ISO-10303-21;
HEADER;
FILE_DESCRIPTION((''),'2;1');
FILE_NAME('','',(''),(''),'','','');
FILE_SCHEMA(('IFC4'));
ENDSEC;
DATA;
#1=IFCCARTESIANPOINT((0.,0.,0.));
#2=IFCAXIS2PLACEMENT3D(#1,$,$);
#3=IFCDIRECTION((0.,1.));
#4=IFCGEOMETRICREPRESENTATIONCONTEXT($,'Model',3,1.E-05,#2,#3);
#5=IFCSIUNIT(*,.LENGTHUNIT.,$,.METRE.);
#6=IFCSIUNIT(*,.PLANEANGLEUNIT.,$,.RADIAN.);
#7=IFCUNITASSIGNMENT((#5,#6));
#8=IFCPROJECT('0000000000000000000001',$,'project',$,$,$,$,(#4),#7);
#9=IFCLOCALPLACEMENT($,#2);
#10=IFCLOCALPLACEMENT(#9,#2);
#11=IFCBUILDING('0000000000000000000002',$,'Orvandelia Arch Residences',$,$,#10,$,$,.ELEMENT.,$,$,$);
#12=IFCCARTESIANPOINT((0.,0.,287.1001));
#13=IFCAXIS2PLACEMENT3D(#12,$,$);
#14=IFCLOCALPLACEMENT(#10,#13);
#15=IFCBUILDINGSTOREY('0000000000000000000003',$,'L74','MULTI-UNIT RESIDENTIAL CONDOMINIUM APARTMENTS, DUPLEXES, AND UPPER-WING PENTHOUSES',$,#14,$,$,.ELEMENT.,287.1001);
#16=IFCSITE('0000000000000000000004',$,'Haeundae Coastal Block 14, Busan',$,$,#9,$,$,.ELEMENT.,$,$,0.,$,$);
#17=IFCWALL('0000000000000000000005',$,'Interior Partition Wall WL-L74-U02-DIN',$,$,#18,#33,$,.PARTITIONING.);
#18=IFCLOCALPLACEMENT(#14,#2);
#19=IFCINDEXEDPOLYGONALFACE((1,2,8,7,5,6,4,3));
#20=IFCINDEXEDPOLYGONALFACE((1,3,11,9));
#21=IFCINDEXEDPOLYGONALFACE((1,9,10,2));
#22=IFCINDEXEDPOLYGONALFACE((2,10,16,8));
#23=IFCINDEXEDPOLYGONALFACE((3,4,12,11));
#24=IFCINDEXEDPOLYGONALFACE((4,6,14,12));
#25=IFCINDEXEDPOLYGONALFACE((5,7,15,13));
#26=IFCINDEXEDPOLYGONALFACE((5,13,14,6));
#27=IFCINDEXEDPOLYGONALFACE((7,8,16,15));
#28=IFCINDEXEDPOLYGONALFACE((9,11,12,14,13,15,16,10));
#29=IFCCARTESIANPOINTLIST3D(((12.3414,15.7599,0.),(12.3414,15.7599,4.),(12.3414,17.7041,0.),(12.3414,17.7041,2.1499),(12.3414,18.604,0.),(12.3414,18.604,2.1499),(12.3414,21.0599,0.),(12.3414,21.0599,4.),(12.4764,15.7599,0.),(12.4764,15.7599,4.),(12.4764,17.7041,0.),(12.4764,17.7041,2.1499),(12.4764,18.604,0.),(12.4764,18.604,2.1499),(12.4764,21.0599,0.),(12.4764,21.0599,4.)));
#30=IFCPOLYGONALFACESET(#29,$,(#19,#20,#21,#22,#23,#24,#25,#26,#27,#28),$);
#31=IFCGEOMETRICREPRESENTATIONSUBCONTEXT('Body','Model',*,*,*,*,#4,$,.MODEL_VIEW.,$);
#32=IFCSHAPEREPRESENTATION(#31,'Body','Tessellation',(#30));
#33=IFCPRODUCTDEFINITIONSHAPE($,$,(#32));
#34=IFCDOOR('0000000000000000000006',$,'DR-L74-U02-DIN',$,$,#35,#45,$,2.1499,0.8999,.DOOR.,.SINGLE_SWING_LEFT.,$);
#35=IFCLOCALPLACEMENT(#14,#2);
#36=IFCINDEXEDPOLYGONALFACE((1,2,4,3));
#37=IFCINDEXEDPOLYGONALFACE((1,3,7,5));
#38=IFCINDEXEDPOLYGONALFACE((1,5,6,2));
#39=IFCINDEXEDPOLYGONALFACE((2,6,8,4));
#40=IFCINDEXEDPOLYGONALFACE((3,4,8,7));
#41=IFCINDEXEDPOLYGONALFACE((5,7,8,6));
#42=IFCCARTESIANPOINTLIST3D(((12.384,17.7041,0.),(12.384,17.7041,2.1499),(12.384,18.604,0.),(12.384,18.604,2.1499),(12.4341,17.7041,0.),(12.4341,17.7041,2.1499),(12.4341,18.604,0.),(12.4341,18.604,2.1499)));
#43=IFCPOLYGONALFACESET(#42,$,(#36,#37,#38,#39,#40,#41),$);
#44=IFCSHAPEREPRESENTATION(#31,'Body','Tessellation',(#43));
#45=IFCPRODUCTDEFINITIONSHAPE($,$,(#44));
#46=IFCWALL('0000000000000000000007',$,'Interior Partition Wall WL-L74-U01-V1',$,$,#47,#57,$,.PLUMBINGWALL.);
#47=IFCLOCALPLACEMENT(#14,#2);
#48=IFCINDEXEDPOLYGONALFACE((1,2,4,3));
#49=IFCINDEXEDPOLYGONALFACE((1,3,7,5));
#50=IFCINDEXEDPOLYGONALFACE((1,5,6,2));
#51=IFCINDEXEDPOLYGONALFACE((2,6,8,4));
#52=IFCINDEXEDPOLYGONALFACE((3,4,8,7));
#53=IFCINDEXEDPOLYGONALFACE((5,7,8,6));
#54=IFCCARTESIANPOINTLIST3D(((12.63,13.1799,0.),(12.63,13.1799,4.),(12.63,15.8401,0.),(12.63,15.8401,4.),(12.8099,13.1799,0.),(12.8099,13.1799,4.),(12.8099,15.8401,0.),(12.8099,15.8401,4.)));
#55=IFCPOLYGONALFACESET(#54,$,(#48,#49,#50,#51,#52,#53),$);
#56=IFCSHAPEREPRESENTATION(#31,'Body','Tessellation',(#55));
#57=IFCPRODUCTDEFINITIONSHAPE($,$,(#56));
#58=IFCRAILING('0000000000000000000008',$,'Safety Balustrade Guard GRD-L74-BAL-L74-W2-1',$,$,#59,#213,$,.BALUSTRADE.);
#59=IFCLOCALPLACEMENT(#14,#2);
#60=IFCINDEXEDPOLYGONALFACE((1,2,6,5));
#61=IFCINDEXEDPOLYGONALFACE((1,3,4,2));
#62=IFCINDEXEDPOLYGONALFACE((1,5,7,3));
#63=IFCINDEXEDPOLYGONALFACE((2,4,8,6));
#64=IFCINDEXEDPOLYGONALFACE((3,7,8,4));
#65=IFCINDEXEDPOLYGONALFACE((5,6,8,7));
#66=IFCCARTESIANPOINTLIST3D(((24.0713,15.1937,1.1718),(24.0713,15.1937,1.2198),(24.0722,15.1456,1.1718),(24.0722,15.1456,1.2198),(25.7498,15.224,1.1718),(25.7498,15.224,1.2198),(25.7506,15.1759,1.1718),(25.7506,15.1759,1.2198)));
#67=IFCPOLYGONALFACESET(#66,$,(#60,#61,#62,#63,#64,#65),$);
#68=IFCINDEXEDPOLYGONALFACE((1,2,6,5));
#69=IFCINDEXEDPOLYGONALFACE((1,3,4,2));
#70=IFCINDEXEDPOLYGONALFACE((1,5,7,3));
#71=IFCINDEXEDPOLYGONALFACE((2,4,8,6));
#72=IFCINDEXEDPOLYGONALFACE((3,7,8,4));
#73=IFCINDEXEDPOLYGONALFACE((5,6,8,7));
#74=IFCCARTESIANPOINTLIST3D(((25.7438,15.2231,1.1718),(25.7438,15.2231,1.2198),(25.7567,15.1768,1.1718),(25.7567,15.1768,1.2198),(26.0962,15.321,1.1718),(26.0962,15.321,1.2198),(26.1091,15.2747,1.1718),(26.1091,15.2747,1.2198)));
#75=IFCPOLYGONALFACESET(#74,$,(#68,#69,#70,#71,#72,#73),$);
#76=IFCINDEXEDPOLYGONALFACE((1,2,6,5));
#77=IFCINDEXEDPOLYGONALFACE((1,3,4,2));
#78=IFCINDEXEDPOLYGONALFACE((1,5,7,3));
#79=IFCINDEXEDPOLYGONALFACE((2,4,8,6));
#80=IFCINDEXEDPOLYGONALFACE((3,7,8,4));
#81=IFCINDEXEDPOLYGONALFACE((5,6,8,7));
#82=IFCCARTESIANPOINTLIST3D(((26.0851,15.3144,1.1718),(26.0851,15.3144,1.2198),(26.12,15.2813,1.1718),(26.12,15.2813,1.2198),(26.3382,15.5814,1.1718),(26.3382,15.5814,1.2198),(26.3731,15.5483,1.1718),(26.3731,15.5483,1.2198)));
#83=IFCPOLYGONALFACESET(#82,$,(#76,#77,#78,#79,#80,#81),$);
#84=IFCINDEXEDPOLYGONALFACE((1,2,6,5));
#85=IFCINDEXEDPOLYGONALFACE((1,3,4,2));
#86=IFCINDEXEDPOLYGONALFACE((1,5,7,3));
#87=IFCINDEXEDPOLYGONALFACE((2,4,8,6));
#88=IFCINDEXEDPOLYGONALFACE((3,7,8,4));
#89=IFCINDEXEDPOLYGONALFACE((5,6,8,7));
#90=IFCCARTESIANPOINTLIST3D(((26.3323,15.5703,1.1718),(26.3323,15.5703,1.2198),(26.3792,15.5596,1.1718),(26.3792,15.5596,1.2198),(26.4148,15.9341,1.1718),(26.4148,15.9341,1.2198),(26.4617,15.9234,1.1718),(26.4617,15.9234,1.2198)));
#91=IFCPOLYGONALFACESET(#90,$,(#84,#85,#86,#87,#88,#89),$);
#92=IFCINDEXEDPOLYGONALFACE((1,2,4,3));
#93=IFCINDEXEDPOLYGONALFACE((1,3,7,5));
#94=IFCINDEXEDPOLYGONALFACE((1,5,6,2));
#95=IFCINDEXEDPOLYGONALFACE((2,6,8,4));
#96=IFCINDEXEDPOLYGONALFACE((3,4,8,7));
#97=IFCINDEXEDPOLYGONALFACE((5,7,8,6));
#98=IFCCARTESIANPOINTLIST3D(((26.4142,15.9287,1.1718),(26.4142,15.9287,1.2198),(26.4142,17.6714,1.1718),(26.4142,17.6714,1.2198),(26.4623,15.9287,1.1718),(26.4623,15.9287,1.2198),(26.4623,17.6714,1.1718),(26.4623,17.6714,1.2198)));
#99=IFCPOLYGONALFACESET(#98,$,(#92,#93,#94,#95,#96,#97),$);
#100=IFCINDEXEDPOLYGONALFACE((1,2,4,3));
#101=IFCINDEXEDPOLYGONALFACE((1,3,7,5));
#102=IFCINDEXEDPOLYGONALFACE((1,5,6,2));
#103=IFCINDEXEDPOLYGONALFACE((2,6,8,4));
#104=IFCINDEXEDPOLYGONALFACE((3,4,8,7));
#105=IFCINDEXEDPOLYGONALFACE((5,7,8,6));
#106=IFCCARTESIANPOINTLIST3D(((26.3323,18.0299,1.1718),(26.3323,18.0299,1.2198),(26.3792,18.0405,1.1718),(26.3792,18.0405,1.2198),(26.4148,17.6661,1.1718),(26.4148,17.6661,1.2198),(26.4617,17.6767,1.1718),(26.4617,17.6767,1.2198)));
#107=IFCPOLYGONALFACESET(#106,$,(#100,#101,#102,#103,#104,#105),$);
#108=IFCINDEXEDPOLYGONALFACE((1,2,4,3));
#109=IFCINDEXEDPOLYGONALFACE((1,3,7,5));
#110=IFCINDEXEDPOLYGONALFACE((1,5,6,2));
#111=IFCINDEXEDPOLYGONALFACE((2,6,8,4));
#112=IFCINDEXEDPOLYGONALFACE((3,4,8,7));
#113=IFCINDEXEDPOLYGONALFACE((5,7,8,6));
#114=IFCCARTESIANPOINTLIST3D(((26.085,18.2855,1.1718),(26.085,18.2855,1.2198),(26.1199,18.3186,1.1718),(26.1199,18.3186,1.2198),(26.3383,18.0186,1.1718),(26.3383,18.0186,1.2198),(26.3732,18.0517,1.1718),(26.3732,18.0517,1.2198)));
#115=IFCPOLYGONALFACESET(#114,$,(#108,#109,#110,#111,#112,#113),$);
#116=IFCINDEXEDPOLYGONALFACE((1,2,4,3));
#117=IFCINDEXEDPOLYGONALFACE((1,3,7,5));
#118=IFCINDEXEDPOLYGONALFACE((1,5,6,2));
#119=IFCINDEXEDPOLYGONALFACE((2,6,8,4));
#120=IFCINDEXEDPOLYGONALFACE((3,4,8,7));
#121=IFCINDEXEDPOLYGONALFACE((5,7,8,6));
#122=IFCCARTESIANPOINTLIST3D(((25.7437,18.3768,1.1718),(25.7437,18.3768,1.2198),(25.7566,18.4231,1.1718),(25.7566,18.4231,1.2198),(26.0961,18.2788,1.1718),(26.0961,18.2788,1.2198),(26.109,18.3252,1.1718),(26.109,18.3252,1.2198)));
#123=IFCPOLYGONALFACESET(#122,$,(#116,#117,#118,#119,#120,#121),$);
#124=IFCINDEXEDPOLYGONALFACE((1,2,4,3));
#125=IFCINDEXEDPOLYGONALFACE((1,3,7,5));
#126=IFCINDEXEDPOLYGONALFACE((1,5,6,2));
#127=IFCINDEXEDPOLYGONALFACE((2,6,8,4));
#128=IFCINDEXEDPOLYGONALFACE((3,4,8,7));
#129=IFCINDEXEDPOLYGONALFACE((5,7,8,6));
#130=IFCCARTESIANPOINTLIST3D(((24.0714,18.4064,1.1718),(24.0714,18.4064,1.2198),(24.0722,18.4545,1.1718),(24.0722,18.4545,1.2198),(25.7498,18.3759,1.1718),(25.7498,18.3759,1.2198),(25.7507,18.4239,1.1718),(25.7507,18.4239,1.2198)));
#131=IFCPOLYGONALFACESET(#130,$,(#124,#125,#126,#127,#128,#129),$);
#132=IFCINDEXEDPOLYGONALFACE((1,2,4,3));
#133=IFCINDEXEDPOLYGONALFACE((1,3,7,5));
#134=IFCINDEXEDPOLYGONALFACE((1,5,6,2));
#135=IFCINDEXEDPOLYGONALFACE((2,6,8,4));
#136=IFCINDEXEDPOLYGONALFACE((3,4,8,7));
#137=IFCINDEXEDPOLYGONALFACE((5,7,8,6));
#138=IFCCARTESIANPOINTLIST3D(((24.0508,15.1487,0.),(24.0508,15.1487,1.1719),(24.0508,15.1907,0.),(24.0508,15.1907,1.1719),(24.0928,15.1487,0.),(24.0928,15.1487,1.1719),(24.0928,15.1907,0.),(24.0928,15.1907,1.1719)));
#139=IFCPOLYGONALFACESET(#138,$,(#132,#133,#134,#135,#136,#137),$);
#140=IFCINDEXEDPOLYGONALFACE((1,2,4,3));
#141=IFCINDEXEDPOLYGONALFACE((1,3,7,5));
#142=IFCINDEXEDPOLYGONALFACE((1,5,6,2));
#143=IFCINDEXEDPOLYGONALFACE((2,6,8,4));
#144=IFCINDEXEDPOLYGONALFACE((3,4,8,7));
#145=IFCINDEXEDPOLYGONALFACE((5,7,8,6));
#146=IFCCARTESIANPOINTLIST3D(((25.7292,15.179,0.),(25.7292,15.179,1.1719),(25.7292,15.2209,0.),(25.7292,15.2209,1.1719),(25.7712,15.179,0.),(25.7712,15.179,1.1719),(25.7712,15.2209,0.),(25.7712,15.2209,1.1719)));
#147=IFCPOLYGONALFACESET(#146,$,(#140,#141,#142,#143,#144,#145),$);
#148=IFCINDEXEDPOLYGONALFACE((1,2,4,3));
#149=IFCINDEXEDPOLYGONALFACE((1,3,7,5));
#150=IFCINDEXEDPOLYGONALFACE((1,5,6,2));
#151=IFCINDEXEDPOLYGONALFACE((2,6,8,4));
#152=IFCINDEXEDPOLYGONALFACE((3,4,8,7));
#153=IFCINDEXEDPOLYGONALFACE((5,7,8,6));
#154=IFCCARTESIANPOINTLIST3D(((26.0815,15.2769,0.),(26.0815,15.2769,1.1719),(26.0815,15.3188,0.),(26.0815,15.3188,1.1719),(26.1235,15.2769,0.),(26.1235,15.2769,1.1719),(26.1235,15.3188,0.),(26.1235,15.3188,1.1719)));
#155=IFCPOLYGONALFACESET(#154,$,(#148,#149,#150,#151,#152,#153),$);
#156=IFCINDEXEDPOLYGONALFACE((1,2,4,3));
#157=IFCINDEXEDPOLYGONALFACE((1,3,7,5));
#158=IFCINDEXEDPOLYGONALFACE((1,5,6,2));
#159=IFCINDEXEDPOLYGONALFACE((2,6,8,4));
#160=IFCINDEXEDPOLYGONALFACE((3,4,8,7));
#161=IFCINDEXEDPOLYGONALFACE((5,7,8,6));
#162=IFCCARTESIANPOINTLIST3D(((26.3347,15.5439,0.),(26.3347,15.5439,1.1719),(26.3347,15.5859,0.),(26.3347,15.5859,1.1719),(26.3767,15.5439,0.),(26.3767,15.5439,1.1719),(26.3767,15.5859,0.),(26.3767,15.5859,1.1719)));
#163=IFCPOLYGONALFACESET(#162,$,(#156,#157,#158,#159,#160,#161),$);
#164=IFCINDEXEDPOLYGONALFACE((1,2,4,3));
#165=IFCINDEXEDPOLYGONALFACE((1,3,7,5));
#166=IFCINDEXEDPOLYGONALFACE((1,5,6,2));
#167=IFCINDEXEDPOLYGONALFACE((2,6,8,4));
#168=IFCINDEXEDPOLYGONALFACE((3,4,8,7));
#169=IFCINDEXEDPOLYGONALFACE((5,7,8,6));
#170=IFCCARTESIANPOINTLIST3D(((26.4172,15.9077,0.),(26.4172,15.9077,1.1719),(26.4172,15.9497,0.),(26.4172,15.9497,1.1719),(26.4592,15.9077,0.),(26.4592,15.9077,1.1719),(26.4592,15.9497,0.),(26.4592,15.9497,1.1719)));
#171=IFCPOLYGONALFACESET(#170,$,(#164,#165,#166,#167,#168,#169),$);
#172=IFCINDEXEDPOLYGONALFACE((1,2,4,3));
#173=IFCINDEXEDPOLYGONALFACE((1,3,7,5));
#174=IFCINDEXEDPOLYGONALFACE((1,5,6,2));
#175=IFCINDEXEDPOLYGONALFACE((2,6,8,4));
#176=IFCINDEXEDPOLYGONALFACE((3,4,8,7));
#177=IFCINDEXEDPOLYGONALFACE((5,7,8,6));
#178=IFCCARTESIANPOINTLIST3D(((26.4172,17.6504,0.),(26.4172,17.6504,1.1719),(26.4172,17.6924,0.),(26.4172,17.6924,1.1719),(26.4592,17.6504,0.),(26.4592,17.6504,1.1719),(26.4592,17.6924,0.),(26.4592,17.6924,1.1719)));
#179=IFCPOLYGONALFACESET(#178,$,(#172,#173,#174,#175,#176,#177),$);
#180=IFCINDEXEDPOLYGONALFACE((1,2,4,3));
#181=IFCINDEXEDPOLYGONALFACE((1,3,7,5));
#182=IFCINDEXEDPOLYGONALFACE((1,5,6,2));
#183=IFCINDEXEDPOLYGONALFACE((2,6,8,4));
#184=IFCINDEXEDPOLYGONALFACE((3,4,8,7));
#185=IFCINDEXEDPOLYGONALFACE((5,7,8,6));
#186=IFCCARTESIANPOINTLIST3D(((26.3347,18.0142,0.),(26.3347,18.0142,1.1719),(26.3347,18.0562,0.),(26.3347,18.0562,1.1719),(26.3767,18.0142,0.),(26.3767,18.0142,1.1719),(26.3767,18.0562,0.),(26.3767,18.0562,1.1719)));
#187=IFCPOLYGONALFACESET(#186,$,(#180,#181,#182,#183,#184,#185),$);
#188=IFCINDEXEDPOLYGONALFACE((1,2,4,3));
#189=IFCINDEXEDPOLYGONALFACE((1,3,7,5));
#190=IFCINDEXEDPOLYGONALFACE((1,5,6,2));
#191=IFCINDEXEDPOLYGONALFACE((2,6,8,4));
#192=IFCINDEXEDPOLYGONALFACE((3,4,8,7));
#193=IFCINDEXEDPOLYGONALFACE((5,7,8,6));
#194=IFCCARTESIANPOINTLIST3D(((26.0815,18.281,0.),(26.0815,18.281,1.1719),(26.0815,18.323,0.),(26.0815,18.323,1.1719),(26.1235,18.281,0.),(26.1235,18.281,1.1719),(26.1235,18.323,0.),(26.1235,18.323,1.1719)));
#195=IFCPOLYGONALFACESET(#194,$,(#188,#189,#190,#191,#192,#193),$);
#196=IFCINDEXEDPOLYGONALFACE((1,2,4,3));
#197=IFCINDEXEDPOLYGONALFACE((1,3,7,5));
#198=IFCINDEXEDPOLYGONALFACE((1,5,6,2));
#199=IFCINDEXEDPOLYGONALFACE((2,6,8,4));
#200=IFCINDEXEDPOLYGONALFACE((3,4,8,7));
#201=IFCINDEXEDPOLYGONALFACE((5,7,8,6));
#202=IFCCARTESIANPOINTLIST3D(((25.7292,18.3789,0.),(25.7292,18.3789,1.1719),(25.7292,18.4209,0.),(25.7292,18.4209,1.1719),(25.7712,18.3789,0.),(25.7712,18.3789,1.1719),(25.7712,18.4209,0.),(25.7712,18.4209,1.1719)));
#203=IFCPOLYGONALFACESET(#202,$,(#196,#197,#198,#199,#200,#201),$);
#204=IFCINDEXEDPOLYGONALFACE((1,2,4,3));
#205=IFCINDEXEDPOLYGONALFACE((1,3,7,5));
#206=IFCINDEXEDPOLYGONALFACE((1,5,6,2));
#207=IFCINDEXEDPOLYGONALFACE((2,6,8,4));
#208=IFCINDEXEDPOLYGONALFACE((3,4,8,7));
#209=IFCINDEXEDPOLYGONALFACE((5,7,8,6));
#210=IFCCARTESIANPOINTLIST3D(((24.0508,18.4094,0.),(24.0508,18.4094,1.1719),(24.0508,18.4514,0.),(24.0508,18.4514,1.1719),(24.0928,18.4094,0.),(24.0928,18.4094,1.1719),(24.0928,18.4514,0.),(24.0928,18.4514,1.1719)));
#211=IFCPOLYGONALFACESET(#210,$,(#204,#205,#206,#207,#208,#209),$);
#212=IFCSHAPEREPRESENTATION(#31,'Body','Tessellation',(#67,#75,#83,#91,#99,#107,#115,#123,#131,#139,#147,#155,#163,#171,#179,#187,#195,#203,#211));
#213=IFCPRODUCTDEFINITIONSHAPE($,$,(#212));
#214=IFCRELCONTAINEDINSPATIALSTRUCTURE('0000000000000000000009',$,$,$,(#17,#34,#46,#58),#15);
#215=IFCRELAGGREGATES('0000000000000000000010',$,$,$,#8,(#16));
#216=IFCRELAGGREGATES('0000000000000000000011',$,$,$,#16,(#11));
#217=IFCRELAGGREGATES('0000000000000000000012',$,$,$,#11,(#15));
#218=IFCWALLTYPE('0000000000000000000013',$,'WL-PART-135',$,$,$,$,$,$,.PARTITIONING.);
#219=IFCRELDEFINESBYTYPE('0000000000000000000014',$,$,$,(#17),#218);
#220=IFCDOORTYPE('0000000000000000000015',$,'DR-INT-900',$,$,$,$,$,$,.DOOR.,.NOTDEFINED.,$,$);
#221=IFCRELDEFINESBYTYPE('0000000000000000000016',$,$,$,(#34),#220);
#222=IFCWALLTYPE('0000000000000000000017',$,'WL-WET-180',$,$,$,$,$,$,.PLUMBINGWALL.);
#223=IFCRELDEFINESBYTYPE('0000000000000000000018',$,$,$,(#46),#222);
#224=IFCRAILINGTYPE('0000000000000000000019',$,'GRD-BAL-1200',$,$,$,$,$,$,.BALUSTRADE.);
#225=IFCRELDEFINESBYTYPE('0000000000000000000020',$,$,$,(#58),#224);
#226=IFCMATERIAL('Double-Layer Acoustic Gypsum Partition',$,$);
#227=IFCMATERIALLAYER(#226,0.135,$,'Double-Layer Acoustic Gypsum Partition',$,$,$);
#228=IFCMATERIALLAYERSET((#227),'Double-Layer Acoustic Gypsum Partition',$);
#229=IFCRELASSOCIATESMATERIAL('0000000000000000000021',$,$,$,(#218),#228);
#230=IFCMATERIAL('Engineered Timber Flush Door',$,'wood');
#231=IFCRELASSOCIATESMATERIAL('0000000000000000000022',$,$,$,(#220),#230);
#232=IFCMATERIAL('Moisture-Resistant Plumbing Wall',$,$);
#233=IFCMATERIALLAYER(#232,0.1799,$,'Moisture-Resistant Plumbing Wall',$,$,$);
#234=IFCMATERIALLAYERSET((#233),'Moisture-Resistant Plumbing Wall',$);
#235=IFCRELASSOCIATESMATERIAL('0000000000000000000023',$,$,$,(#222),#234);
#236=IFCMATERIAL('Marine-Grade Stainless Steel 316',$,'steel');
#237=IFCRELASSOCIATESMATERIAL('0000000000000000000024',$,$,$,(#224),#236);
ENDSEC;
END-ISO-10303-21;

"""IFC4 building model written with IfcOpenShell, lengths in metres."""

from ifc_helpers import new_model, si_unit, direction, frame, frame_2d, origin, origin_2d, place, context, subcontext, project, spatial, rectangle, extrude, material, layer, layer_set, type_object, element, fill, save


model = new_model("IFC4")

# Units and contexts
model_context = context("Model", 3, precision=1e-05, world=origin(), true_north=direction((0.0, 1.0)))
body_context = subcontext(model_context, "Body", "Model", "MODEL_VIEW")
ifc_project = project(units=[si_unit("LENGTHUNIT", "METRE"), si_unit("PLANEANGLEUNIT", "RADIAN")], contexts=[model_context])

# Site, building, storey
site_placement = place(None, origin())
site = spatial("IfcSite", under=ifc_project, at=site_placement, Name="Haeundae Coastal Block 14, Busan", CompositionType="ELEMENT", RefElevation=0.0)
building_placement = place(site_placement, origin())
building = spatial("IfcBuilding", under=site, at=building_placement, Name="Orvandelia Arch Residences", CompositionType="ELEMENT")
storey_placement = place(building_placement, frame((0.0, 0.0, 287.1001)))
storey = spatial("IfcBuildingStorey", under=building, at=storey_placement, Name="L74", Description="MULTI-UNIT RESIDENTIAL CONDOMINIUM APARTMENTS, DUPLEXES, AND UPPER-WING PENTHOUSES", CompositionType="ELEMENT", Elevation=287.1001)

# Wall, opening, door
ifc_material_1 = material(Name="Double-Layer Acoustic Gypsum Partition")
ifc_layer_1 = layer(ifc_material_1, 0.135, Name="Double-Layer Acoustic Gypsum Partition")
ifc_layer_set_1 = layer_set([ifc_layer_1], Name="Double-Layer Acoustic Gypsum Partition")
wall_type_1 = type_object("IfcWallType", Name="WL-PART-135", PredefinedType="PARTITIONING", material=ifc_layer_set_1)
wall_1_placement = place(storey_placement, frame((12.4089, 15.76, 0.0), z_axis=(0.0, 0.0, 1.0), x_axis=(0.0, 1.0, 0.0)))
wall_1 = element("IfcWall", 1, at=wall_1_placement, inside=storey, type_object=wall_type_1, Name="Interior Partition Wall WL-L74-U02-DIN", PredefinedType="PARTITIONING", context=body_context, shape_type="SweptSolid", body=[
    extrude(rectangle(XDim=5.3, YDim=0.135, at=frame_2d((2.6499, 0.0))), origin(), (0.0, 0.0, 1.0), 4.0),
])
opening_1_placement = place(wall_1_placement, frame((1.9441, 0.0, 0.0)))
opening_1 = element("IfcOpeningElement", 2, at=opening_1_placement, cuts=wall_1, PredefinedType="OPENING", context=body_context, shape_type="SweptSolid", body=[
    extrude(rectangle(XDim=0.8999, YDim=2.1499, at=frame_2d((0.45, 1.075))), frame((0.0, 0.0776, 0.0), z_axis=(0.0, -1.0, 0.0), x_axis=(1.0, 0.0, 0.0)), (0.0, 0.0, 1.0), 0.155),
])
ifc_material_2 = material(Name="Engineered Timber Flush Door", Category="wood")
door_type_1 = type_object("IfcDoorType", Name="DR-INT-900", OperationType="NOTDEFINED", PredefinedType="DOOR", material=ifc_material_2)
door_1_placement = place(opening_1_placement, origin())
door_1 = element("IfcDoor", 3, at=door_1_placement, inside=storey, type_object=door_type_1, Name="DR-L74-U02-DIN", OperationType="SINGLE_SWING_LEFT", OverallHeight=2.1499, OverallWidth=0.8999, PredefinedType="DOOR", context=body_context, shape_type="SweptSolid", body=[
    extrude(rectangle(XDim=0.8999, YDim=2.1499, at=frame_2d((0.45, 1.075))), frame((0.0, 0.0249, 0.0), z_axis=(0.0, -1.0, 0.0), x_axis=(1.0, 0.0, 0.0)), (0.0, 0.0, 1.0), 0.05),
])
fill(opening_1, door_1)

# Wall
ifc_material_3 = material(Name="Moisture-Resistant Plumbing Wall")
ifc_layer_2 = layer(ifc_material_3, 0.1799, Name="Moisture-Resistant Plumbing Wall")
ifc_layer_set_2 = layer_set([ifc_layer_2], Name="Moisture-Resistant Plumbing Wall")
wall_type_2 = type_object("IfcWallType", Name="WL-WET-180", PredefinedType="PLUMBINGWALL", material=ifc_layer_set_2)
wall_2_placement = place(storey_placement, frame((12.72, 13.1799, 0.0), z_axis=(0.0, 0.0, 1.0), x_axis=(0.0, 1.0, 0.0)))
element("IfcWall", 4, at=wall_2_placement, inside=storey, type_object=wall_type_2, Name="Interior Partition Wall WL-L74-U01-V1", PredefinedType="PLUMBINGWALL", context=body_context, shape_type="SweptSolid", body=[
    extrude(rectangle(XDim=2.6602, YDim=0.1799, at=frame_2d((1.3301, 0.0))), origin(), (0.0, 0.0, 1.0), 4.0),
])

# Railing
ifc_material_4 = material(Name="Marine-Grade Stainless Steel 316", Category="steel")
railing_type = type_object("IfcRailingType", Name="GRD-BAL-1200", PredefinedType="BALUSTRADE", material=ifc_material_4)
railing_placement = place(storey_placement, frame((24.0718, 15.1697, 0.0)))
element("IfcRailing", 5, at=railing_placement, inside=storey, type_object=railing_type, Name="Safety Balustrade Guard GRD-L74-BAL-L74-W2-1", PredefinedType="BALUSTRADE", context=body_context, shape_type="SweptSolid", body=[
    extrude(rectangle(XDim=0.0481, YDim=0.0481, at=origin_2d()), frame((0.0, 0.0, 1.1958), z_axis=(0.999837, 0.018033, 0.0), x_axis=(-0.018033, 0.999837, 0.0)), (0.0, 0.0, 1.0), 1.6787),
    extrude(rectangle(XDim=0.0481, YDim=0.0481, at=origin_2d()), frame((1.6785, 0.0303, 1.1958), z_axis=(0.963489, 0.267747, 0.0), x_axis=(-0.267747, 0.963489, 0.0)), (0.0, 0.0, 1.0), 0.3657),
    extrude(rectangle(XDim=0.0481, YDim=0.0481, at=origin_2d()), frame((2.0308, 0.1282, 1.1958), z_axis=(0.687947, 0.725761, 0.0), x_axis=(-0.725761, 0.687947, 0.0)), (0.0, 0.0, 1.0), 0.3679),
    extrude(rectangle(XDim=0.0481, YDim=0.0481, at=origin_2d()), frame((2.2839, 0.3953, 1.1958), z_axis=(0.221225, 0.975223, 0.0), x_axis=(-0.975223, 0.221225, 0.0)), (0.0, 0.0, 1.0), 0.373),
    extrude(rectangle(XDim=0.0481, YDim=0.0481, at=origin_2d()), frame((2.3665, 0.759, 1.1958), z_axis=(0.0, 1.0, 0.0), x_axis=(-1.0, 0.0, 0.0)), (0.0, 0.0, 1.0), 1.7427),
    extrude(rectangle(XDim=0.0481, YDim=0.0481, at=origin_2d()), frame((2.3665, 2.5017, 1.1958), z_axis=(-0.221225, 0.975223, 0.0), x_axis=(-0.975223, -0.221225, 0.0)), (0.0, 0.0, 1.0), 0.373),
    extrude(rectangle(XDim=0.0481, YDim=0.0481, at=origin_2d()), frame((2.2839, 2.8655, 1.1958), z_axis=(-0.688278, 0.725447, 0.0), x_axis=(-0.725447, -0.688278, 0.0)), (0.0, 0.0, 1.0), 0.3679),
    extrude(rectangle(XDim=0.0481, YDim=0.0481, at=origin_2d()), frame((2.0308, 3.1323, 1.1958), z_axis=(-0.963489, 0.267747, 0.0), x_axis=(-0.267747, -0.963489, 0.0)), (0.0, 0.0, 1.0), 0.3657),
    extrude(rectangle(XDim=0.0481, YDim=0.0481, at=origin_2d()), frame((1.6785, 3.2302, 1.1958), z_axis=(-0.999835, 0.018179, 0.0), x_axis=(-0.018179, -0.999835, 0.0)), (0.0, 0.0, 1.0), 1.6787),
    extrude(rectangle(XDim=0.042, YDim=0.042, at=origin_2d()), origin(), (0.0, 0.0, 1.0), 1.1719),
    extrude(rectangle(XDim=0.042, YDim=0.042, at=origin_2d()), frame((1.6785, 0.0303, 0.0)), (0.0, 0.0, 1.0), 1.1719),
    extrude(rectangle(XDim=0.042, YDim=0.042, at=origin_2d()), frame((2.0308, 0.1282, 0.0)), (0.0, 0.0, 1.0), 1.1719),
    extrude(rectangle(XDim=0.042, YDim=0.042, at=origin_2d()), frame((2.2839, 0.3953, 0.0)), (0.0, 0.0, 1.0), 1.1719),
    extrude(rectangle(XDim=0.042, YDim=0.042, at=origin_2d()), frame((2.3665, 0.759, 0.0)), (0.0, 0.0, 1.0), 1.1719),
    extrude(rectangle(XDim=0.042, YDim=0.042, at=origin_2d()), frame((2.3665, 2.5017, 0.0)), (0.0, 0.0, 1.0), 1.1719),
    extrude(rectangle(XDim=0.042, YDim=0.042, at=origin_2d()), frame((2.2839, 2.8655, 0.0)), (0.0, 0.0, 1.0), 1.1719),
    extrude(rectangle(XDim=0.042, YDim=0.042, at=origin_2d()), frame((2.0308, 3.1323, 0.0)), (0.0, 0.0, 1.0), 1.1719),
    extrude(rectangle(XDim=0.042, YDim=0.042, at=origin_2d()), frame((1.6785, 3.2302, 0.0)), (0.0, 0.0, 1.0), 1.1719),
    extrude(rectangle(XDim=0.042, YDim=0.042, at=origin_2d()), frame((0.0, 3.2607, 0.0)), (0.0, 0.0, 1.0), 1.1719),
])

save(model, "model.ifc")
